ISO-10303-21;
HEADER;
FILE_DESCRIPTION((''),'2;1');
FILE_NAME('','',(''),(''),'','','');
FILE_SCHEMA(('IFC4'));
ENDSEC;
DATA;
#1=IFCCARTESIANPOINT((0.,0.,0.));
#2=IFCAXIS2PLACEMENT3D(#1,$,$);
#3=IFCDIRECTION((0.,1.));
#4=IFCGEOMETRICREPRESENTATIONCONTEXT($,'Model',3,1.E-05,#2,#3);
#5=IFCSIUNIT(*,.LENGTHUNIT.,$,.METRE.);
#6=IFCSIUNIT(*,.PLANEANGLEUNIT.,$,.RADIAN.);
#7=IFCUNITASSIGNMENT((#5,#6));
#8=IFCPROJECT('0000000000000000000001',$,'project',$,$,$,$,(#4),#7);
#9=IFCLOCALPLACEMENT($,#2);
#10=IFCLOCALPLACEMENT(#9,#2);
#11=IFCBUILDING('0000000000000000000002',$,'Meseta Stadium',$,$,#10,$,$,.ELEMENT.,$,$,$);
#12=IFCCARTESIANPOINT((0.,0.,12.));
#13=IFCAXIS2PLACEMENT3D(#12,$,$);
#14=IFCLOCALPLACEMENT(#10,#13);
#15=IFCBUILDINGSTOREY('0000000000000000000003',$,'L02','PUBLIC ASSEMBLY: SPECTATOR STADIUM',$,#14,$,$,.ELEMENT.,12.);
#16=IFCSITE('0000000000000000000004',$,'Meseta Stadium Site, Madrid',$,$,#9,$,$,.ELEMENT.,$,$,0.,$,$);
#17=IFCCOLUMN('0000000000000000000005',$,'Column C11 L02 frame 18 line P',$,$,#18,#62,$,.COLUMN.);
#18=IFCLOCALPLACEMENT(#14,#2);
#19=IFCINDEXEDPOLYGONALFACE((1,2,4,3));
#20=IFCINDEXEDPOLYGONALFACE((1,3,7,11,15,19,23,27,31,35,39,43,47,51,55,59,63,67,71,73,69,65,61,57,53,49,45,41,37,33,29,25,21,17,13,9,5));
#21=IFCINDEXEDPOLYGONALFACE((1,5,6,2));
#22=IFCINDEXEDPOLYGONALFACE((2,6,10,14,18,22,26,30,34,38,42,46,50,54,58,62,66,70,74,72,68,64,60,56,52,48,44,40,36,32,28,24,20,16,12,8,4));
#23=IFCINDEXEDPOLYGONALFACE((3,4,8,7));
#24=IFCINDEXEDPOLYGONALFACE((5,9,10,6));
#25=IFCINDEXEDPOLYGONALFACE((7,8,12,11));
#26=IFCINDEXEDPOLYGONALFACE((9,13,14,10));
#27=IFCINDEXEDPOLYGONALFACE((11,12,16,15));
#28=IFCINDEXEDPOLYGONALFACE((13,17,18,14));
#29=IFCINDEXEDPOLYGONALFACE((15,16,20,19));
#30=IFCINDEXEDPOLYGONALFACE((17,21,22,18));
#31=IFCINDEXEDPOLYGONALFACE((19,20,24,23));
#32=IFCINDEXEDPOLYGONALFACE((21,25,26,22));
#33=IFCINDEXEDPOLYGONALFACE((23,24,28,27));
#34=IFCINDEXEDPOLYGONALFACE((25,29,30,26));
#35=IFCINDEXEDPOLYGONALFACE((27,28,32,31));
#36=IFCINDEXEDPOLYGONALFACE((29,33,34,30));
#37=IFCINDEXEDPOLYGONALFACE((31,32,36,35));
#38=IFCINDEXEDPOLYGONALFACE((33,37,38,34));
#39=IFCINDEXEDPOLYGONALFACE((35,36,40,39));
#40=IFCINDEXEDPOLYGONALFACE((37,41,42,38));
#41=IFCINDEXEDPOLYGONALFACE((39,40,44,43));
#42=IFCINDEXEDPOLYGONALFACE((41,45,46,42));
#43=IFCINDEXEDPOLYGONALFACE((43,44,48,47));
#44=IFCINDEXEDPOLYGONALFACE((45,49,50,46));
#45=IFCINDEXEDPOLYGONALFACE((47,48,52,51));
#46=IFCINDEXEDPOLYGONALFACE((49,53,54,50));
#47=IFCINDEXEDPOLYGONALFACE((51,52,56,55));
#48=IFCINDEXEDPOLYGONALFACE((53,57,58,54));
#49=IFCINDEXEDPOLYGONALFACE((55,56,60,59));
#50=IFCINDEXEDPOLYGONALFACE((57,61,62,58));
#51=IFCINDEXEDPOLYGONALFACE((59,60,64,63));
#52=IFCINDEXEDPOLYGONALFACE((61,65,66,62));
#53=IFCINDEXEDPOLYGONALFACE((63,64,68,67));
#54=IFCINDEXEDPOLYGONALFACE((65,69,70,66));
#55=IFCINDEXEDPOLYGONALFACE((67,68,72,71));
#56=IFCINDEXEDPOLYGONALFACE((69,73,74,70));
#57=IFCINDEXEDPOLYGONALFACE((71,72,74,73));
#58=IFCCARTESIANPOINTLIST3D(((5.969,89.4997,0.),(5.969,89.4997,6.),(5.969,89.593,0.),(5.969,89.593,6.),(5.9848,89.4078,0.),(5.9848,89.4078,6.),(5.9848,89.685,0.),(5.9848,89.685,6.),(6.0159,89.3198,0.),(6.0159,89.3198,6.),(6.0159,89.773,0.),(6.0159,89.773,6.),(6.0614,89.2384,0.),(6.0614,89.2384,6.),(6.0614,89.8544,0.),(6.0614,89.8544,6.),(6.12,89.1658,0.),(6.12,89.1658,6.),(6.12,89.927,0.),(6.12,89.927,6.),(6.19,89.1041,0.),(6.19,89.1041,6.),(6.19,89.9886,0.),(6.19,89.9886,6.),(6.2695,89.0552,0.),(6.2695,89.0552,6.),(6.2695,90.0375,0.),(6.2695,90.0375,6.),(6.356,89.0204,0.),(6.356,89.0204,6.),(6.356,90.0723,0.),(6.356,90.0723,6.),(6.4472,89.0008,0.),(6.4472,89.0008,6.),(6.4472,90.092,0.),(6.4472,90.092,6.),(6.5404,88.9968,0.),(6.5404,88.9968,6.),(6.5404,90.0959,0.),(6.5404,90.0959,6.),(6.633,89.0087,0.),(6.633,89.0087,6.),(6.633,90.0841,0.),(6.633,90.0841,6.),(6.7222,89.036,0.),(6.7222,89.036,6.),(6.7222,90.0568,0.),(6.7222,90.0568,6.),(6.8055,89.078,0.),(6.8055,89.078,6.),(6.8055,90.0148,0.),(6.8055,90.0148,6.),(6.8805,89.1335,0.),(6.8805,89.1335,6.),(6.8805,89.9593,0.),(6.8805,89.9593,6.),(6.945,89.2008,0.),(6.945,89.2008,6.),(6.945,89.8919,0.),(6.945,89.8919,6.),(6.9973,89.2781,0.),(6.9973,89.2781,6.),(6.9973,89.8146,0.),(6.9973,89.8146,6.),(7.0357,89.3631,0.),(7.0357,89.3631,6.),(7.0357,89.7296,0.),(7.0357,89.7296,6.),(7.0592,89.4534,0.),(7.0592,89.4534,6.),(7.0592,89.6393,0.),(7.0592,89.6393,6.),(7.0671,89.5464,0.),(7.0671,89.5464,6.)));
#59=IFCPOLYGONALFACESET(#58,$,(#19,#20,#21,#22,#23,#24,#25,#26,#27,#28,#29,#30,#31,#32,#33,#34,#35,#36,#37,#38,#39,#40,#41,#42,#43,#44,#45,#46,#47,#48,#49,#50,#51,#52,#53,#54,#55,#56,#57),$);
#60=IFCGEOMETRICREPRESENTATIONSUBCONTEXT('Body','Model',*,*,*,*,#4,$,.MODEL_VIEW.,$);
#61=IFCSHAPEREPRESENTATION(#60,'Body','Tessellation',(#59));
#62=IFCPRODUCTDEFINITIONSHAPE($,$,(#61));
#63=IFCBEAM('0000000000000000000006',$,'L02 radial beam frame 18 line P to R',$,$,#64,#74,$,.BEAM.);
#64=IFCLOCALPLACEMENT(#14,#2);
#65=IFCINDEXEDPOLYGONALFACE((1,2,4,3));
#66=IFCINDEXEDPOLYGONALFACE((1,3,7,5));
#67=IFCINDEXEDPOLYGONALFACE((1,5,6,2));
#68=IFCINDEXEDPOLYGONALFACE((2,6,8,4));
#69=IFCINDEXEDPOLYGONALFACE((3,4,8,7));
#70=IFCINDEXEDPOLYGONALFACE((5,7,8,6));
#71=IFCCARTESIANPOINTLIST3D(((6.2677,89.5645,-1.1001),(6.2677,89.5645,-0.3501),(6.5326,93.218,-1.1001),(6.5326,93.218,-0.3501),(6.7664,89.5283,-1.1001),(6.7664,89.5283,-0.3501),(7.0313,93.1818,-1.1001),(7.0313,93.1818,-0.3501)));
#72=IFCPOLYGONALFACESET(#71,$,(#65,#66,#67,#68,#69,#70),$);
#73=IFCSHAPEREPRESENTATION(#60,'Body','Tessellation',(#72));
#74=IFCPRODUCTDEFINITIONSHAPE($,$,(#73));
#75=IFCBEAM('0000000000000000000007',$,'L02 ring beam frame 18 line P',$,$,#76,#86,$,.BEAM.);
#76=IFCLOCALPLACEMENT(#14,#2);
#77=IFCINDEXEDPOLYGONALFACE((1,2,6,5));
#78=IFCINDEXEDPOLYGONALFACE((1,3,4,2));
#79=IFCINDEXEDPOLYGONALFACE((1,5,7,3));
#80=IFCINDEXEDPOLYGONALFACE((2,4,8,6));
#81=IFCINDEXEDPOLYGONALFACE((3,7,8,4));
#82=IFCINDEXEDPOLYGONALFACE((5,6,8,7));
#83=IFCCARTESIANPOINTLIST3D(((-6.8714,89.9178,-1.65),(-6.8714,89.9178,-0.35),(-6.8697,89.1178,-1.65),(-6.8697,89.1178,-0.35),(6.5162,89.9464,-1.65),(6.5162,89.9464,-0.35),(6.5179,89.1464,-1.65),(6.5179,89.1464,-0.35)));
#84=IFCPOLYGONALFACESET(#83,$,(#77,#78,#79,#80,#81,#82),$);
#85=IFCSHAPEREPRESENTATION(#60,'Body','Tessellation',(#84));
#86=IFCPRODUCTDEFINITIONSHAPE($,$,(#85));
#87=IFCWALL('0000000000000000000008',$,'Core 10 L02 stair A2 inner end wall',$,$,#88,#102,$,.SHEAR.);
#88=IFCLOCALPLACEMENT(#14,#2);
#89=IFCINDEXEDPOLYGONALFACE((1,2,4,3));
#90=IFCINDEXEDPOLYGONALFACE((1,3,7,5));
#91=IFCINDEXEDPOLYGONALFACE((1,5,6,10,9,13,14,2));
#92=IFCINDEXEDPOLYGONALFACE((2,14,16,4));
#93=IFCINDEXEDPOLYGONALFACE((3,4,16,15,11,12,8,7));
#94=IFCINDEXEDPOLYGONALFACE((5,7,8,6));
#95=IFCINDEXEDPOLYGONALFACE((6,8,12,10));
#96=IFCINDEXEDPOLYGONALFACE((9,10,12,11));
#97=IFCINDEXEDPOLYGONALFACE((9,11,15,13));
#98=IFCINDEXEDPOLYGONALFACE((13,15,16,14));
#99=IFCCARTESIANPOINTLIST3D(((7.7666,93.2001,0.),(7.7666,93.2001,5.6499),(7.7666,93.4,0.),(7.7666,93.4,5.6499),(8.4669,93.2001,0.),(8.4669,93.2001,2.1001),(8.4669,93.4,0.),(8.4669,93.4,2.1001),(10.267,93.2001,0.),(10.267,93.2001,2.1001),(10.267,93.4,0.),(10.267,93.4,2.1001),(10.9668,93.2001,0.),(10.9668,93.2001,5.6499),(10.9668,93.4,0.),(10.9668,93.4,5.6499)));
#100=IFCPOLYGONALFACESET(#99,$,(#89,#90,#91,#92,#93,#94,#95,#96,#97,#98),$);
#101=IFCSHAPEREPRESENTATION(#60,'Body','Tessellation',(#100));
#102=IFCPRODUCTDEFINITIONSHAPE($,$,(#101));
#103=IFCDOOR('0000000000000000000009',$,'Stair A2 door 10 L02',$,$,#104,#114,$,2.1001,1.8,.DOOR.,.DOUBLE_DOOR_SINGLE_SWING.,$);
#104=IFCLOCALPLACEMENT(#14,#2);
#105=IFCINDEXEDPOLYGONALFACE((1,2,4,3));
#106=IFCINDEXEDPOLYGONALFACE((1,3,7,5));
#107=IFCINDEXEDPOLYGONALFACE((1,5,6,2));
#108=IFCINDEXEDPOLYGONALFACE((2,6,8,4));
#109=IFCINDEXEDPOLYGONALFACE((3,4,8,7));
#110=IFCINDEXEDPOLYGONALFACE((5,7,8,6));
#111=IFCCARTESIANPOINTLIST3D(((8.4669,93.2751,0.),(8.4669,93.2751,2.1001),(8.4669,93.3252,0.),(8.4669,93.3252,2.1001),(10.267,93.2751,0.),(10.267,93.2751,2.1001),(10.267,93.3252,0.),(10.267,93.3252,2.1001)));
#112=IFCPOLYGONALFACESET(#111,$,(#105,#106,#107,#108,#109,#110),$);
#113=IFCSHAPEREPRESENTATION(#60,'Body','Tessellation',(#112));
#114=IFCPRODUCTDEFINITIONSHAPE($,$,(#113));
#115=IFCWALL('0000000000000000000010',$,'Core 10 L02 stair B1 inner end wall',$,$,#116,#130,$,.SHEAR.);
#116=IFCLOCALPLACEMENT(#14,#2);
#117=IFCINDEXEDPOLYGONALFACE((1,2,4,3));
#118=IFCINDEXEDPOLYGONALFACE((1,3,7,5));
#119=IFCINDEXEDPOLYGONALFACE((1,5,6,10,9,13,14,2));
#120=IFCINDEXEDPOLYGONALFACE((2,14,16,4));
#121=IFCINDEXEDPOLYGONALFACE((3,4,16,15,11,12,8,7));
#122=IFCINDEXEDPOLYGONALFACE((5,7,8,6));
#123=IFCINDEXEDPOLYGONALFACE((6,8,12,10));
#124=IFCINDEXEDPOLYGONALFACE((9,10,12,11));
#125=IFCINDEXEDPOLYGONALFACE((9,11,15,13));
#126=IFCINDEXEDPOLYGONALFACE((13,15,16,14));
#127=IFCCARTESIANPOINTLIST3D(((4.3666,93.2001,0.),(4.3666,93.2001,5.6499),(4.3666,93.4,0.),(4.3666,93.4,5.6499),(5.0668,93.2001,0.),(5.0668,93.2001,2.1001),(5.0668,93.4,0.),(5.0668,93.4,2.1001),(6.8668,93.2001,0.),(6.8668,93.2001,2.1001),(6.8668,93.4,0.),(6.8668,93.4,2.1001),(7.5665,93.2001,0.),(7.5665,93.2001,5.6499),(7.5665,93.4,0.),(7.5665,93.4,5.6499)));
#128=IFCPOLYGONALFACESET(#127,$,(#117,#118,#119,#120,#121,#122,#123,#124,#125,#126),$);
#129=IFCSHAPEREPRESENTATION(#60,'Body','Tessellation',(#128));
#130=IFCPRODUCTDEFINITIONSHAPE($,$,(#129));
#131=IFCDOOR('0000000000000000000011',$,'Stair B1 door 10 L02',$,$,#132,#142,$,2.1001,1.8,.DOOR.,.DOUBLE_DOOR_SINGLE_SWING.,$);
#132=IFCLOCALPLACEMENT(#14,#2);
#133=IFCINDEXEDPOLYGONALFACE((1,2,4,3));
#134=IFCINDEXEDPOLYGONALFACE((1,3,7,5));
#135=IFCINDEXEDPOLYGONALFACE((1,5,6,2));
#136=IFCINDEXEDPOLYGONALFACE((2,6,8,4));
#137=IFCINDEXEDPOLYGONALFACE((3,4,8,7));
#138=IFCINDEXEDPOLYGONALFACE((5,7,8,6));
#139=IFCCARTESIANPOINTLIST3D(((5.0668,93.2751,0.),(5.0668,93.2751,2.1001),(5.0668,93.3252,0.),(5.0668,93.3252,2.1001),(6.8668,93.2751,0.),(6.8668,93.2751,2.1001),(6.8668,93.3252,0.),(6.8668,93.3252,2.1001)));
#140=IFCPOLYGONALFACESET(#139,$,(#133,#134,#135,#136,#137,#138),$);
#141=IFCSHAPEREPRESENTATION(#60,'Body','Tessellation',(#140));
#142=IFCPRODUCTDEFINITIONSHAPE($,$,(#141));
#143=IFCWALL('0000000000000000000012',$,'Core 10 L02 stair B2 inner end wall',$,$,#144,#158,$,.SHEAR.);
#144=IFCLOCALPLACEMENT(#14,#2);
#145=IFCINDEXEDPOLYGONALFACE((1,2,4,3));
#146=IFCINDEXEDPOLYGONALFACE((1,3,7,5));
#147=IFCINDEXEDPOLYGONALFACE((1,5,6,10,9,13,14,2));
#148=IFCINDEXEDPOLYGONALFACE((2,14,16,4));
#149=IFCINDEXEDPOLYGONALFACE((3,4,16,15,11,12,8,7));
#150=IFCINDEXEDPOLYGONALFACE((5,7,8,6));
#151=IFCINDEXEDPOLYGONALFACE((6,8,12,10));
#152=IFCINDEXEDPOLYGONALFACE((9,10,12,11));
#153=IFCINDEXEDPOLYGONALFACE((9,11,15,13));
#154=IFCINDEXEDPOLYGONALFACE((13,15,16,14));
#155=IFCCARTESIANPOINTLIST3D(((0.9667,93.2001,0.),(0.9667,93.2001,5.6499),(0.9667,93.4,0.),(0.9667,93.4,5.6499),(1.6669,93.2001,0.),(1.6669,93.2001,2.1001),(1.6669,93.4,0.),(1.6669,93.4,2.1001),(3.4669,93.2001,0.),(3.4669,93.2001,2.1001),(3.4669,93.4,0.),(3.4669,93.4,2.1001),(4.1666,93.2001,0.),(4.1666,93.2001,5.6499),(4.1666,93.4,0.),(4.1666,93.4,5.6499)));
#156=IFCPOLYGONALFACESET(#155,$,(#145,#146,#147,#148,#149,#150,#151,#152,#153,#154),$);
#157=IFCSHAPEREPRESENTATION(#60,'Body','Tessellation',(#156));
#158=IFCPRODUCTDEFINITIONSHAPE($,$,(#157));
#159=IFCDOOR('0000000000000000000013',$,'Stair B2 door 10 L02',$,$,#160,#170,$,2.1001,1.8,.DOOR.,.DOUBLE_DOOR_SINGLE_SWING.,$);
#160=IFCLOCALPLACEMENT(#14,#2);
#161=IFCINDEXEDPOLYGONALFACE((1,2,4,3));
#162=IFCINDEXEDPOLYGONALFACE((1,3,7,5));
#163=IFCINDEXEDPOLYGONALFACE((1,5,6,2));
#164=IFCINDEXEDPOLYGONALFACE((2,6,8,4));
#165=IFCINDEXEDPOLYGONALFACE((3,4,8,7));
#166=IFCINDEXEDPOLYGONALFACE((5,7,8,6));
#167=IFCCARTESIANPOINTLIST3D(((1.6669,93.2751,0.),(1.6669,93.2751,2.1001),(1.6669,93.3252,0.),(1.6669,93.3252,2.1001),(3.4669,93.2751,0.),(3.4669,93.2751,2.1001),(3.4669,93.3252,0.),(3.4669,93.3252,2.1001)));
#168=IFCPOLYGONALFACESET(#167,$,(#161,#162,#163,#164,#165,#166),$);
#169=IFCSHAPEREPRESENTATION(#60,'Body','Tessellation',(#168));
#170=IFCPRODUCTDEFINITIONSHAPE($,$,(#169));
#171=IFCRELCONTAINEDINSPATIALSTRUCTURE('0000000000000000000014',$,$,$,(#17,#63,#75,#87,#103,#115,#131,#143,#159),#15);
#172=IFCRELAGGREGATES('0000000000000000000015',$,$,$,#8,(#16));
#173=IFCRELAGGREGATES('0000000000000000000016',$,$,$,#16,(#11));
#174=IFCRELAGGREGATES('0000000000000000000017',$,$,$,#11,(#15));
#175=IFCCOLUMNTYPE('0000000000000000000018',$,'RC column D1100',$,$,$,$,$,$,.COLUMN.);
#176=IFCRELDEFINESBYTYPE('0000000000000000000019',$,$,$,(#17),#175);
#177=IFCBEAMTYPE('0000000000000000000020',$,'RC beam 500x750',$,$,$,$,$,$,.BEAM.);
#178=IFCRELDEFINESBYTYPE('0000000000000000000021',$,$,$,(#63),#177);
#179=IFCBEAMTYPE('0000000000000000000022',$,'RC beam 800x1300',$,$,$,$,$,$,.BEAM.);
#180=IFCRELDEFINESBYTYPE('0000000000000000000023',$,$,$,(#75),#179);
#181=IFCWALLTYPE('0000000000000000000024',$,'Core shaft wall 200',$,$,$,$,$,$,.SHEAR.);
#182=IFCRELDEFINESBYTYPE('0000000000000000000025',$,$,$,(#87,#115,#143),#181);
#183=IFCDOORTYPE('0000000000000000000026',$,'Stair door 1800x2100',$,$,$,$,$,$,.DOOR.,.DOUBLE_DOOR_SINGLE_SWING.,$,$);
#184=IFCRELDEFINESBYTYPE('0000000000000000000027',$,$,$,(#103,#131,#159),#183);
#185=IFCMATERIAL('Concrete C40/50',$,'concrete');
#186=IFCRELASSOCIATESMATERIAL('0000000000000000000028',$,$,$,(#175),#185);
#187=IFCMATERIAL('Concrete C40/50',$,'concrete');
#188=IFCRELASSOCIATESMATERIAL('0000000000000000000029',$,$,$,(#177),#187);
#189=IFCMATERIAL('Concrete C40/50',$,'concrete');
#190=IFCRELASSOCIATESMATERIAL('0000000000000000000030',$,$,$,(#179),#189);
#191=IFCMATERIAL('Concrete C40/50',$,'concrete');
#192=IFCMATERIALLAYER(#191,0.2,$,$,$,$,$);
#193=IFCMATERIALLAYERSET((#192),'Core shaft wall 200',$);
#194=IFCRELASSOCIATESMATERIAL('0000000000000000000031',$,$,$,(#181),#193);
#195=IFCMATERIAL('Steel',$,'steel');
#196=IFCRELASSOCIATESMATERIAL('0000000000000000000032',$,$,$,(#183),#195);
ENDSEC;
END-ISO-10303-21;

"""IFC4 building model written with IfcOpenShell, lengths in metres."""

from ifc_helpers import new_model, si_unit, direction, frame, frame_2d, origin, origin_2d, place, context, subcontext, project, spatial, rectangle, circle, extrude, material, layer, layer_set, material_profile, profile_set, type_object, element, fill, save


model = new_model("IFC4")

# Units and contexts
model_context = context("Model", 3, precision=1e-05, world=origin(), true_north=direction((0.0, 1.0)))
body_context = subcontext(model_context, "Body", "Model", "MODEL_VIEW")
ifc_project = project(units=[si_unit("LENGTHUNIT", "METRE"), si_unit("PLANEANGLEUNIT", "RADIAN")], contexts=[model_context])

# Site, building, storey
site_placement = place(None, origin())
site = spatial("IfcSite", under=ifc_project, at=site_placement, Name="Meseta Stadium Site, Madrid", CompositionType="ELEMENT", RefElevation=0.0)
building_placement = place(site_placement, origin())
building = spatial("IfcBuilding", under=site, at=building_placement, Name="Meseta Stadium", CompositionType="ELEMENT")
storey_placement = place(building_placement, frame((0.0, 0.0, 12.0)))
storey = spatial("IfcBuildingStorey", under=building, at=storey_placement, Name="L02", Description="PUBLIC ASSEMBLY: SPECTATOR STADIUM", CompositionType="ELEMENT", Elevation=12.0)

# Column
ifc_material_1 = material(Name="Concrete C40/50", Category="concrete")
ifc_material_profile_1 = material_profile(ifc_material_1, circle(Radius=0.55, at=origin_2d()), Name="RC D1100")
ifc_profile_set_1 = profile_set([ifc_material_profile_1], Name="Concrete C40/50")
column_type = type_object("IfcColumnType", Name="RC column D1100", PredefinedType="COLUMN", material=ifc_profile_set_1)
column_placement = place(storey_placement, frame((6.5171, 89.5464, 0.0), z_axis=(0.0, 0.0, 1.0), x_axis=(1.0, 0.0, 0.0)))
element("IfcColumn", 1, at=column_placement, inside=storey, type_object=column_type, Name="Column C11 L02 frame 18 line P", PredefinedType="COLUMN", context=body_context, shape_type="SweptSolid", body=[
    extrude(circle(Radius=0.55, at=origin_2d()), origin(), (0.0, 0.0, 1.0), 6.0),
])

# Beams
ifc_material_2 = material(Name="Concrete C40/50", Category="concrete")
ifc_material_profile_2 = material_profile(ifc_material_2, rectangle(XDim=0.5, YDim=0.75, at=origin_2d()), Name="RC 500x750")
ifc_profile_set_2 = profile_set([ifc_material_profile_2], Name="Concrete C40/50")
beam_type_1 = type_object("IfcBeamType", Name="RC beam 500x750", PredefinedType="BEAM", material=ifc_profile_set_2)
beam_1_placement = place(storey_placement, frame((6.5171, 89.5464, -0.7251), z_axis=(0.072313, 0.997382, 0.0), x_axis=(-0.997382, 0.072313, 0.0)))
element("IfcBeam", 2, at=beam_1_placement, inside=storey, type_object=beam_type_1, Name="L02 radial beam frame 18 line P to R", PredefinedType="BEAM", context=body_context, shape_type="SweptSolid", body=[
    extrude(rectangle(XDim=0.5, YDim=0.75, at=origin_2d()), origin(), (0.0, 0.0, 1.0), 3.6631),
])
ifc_material_3 = material(Name="Concrete C40/50", Category="concrete")
ifc_material_profile_3 = material_profile(ifc_material_3, rectangle(XDim=0.8, YDim=1.3, at=origin_2d()), Name="RC 800x1300")
ifc_profile_set_3 = profile_set([ifc_material_profile_3], Name="Concrete C40/50")
beam_type_2 = type_object("IfcBeamType", Name="RC beam 800x1300", PredefinedType="BEAM", material=ifc_profile_set_3)
beam_2_placement = place(storey_placement, frame((6.5171, 89.5464, -1.0), z_axis=(-0.999998, -0.002134, 0.0), x_axis=(0.002134, -0.999998, 0.0)))
element("IfcBeam", 3, at=beam_2_placement, inside=storey, type_object=beam_type_2, Name="L02 ring beam frame 18 line P", PredefinedType="BEAM", context=body_context, shape_type="SweptSolid", body=[
    extrude(rectangle(XDim=0.8, YDim=1.3, at=origin_2d()), origin(), (0.0, 0.0, 1.0), 13.3877),
])

# Walls, openings, doors
ifc_material_4 = material(Name="Concrete C40/50", Category="concrete")
ifc_layer_1 = layer(ifc_material_4, 0.2)
ifc_layer_set_1 = layer_set([ifc_layer_1], Name="Core shaft wall 200")
wall_type_1 = type_object("IfcWallType", Name="Core shaft wall 200", PredefinedType="SHEAR", material=ifc_layer_set_1)
wall_1_placement = place(storey_placement, frame((10.9668, 93.3, 0.0), z_axis=(0.0, 0.0, 1.0), x_axis=(-1.0, 0.0, 0.0)))
wall_1 = element("IfcWall", 4, at=wall_1_placement, inside=storey, type_object=wall_type_1, Name="Core 10 L02 stair A2 inner end wall", PredefinedType="SHEAR", context=body_context, shape_type="SweptSolid", body=[
    extrude(rectangle(XDim=3.2002, YDim=0.2, at=frame_2d((1.6001, 0.0))), origin(), (0.0, 0.0, 1.0), 5.6499),
])
opening_1_placement = place(wall_1_placement, frame((0.7, 0.0, 0.0)))
opening_1 = element("IfcOpeningElement", 5, at=opening_1_placement, cuts=wall_1, PredefinedType="OPENING", context=body_context, shape_type="SweptSolid", body=[
    extrude(rectangle(XDim=1.8, YDim=2.1001, at=frame_2d((0.8999, 1.05))), frame((0.0, 0.1099, 0.0), z_axis=(0.0, -1.0, 0.0), x_axis=(1.0, 0.0, 0.0)), (0.0, 0.0, 1.0), 0.22),
])
ifc_material_5 = material(Name="Steel", Category="steel")
door_type_1 = type_object("IfcDoorType", Name="Stair door 1800x2100", OperationType="DOUBLE_DOOR_SINGLE_SWING", PredefinedType="DOOR", material=ifc_material_5)
door_1_placement = place(opening_1_placement, origin())
door_1 = element("IfcDoor", 6, at=door_1_placement, inside=storey, type_object=door_type_1, Name="Stair A2 door 10 L02", OperationType="DOUBLE_DOOR_SINGLE_SWING", OverallHeight=2.1001, OverallWidth=1.8, PredefinedType="DOOR", context=body_context, shape_type="SweptSolid", body=[
    extrude(rectangle(XDim=1.8, YDim=2.1001, at=frame_2d((0.8999, 1.05))), frame((0.0, 0.0249, 0.0), z_axis=(0.0, -1.0, 0.0), x_axis=(1.0, 0.0, 0.0)), (0.0, 0.0, 1.0), 0.05),
])
fill(opening_1, door_1)
wall_2_placement = place(storey_placement, frame((7.5667, 93.3, 0.0), z_axis=(0.0, 0.0, 1.0), x_axis=(-1.0, 0.0, 0.0)))
wall_2 = element("IfcWall", 7, at=wall_2_placement, inside=storey, type_object=wall_type_1, Name="Core 10 L02 stair B1 inner end wall", PredefinedType="SHEAR", context=body_context, shape_type="SweptSolid", body=[
    extrude(rectangle(XDim=3.2, YDim=0.2, at=frame_2d((1.6001, 0.0))), origin(), (0.0, 0.0, 1.0), 5.6499),
])
opening_2_placement = place(wall_2_placement, frame((0.7, 0.0, 0.0)))
opening_2 = element("IfcOpeningElement", 8, at=opening_2_placement, cuts=wall_2, PredefinedType="OPENING", context=body_context, shape_type="SweptSolid", body=[
    extrude(rectangle(XDim=1.8, YDim=2.1001, at=frame_2d((0.8999, 1.05))), frame((0.0, 0.1099, 0.0), z_axis=(0.0, -1.0, 0.0), x_axis=(1.0, 0.0, 0.0)), (0.0, 0.0, 1.0), 0.22),
])
door_2_placement = place(opening_2_placement, origin())
door_2 = element("IfcDoor", 9, at=door_2_placement, inside=storey, type_object=door_type_1, Name="Stair B1 door 10 L02", OperationType="DOUBLE_DOOR_SINGLE_SWING", OverallHeight=2.1001, OverallWidth=1.8, PredefinedType="DOOR", context=body_context, shape_type="SweptSolid", body=[
    extrude(rectangle(XDim=1.8, YDim=2.1001, at=frame_2d((0.8999, 1.05))), frame((0.0, 0.0249, 0.0), z_axis=(0.0, -1.0, 0.0), x_axis=(1.0, 0.0, 0.0)), (0.0, 0.0, 1.0), 0.05),
])
fill(opening_2, door_2)
wall_3_placement = place(storey_placement, frame((4.1667, 93.3, 0.0), z_axis=(0.0, 0.0, 1.0), x_axis=(-1.0, 0.0, 0.0)))
wall_3 = element("IfcWall", 10, at=wall_3_placement, inside=storey, type_object=wall_type_1, Name="Core 10 L02 stair B2 inner end wall", PredefinedType="SHEAR", context=body_context, shape_type="SweptSolid", body=[
    extrude(rectangle(XDim=3.2, YDim=0.2, at=frame_2d((1.6001, 0.0))), origin(), (0.0, 0.0, 1.0), 5.6499),
])
opening_3_placement = place(wall_3_placement, frame((0.7, 0.0, 0.0)))
opening_3 = element("IfcOpeningElement", 11, at=opening_3_placement, cuts=wall_3, PredefinedType="OPENING", context=body_context, shape_type="SweptSolid", body=[
    extrude(rectangle(XDim=1.8, YDim=2.1001, at=frame_2d((0.8999, 1.05))), frame((0.0, 0.1099, 0.0), z_axis=(0.0, -1.0, 0.0), x_axis=(1.0, 0.0, 0.0)), (0.0, 0.0, 1.0), 0.22),
])
door_3_placement = place(opening_3_placement, origin())
door_3 = element("IfcDoor", 12, at=door_3_placement, inside=storey, type_object=door_type_1, Name="Stair B2 door 10 L02", OperationType="DOUBLE_DOOR_SINGLE_SWING", OverallHeight=2.1001, OverallWidth=1.8, PredefinedType="DOOR", context=body_context, shape_type="SweptSolid", body=[
    extrude(rectangle(XDim=1.8, YDim=2.1001, at=frame_2d((0.8999, 1.05))), frame((0.0, 0.0249, 0.0), z_axis=(0.0, -1.0, 0.0), x_axis=(1.0, 0.0, 0.0)), (0.0, 0.0, 1.0), 0.05),
])
fill(opening_3, door_3)

save(model, "model.ifc")
